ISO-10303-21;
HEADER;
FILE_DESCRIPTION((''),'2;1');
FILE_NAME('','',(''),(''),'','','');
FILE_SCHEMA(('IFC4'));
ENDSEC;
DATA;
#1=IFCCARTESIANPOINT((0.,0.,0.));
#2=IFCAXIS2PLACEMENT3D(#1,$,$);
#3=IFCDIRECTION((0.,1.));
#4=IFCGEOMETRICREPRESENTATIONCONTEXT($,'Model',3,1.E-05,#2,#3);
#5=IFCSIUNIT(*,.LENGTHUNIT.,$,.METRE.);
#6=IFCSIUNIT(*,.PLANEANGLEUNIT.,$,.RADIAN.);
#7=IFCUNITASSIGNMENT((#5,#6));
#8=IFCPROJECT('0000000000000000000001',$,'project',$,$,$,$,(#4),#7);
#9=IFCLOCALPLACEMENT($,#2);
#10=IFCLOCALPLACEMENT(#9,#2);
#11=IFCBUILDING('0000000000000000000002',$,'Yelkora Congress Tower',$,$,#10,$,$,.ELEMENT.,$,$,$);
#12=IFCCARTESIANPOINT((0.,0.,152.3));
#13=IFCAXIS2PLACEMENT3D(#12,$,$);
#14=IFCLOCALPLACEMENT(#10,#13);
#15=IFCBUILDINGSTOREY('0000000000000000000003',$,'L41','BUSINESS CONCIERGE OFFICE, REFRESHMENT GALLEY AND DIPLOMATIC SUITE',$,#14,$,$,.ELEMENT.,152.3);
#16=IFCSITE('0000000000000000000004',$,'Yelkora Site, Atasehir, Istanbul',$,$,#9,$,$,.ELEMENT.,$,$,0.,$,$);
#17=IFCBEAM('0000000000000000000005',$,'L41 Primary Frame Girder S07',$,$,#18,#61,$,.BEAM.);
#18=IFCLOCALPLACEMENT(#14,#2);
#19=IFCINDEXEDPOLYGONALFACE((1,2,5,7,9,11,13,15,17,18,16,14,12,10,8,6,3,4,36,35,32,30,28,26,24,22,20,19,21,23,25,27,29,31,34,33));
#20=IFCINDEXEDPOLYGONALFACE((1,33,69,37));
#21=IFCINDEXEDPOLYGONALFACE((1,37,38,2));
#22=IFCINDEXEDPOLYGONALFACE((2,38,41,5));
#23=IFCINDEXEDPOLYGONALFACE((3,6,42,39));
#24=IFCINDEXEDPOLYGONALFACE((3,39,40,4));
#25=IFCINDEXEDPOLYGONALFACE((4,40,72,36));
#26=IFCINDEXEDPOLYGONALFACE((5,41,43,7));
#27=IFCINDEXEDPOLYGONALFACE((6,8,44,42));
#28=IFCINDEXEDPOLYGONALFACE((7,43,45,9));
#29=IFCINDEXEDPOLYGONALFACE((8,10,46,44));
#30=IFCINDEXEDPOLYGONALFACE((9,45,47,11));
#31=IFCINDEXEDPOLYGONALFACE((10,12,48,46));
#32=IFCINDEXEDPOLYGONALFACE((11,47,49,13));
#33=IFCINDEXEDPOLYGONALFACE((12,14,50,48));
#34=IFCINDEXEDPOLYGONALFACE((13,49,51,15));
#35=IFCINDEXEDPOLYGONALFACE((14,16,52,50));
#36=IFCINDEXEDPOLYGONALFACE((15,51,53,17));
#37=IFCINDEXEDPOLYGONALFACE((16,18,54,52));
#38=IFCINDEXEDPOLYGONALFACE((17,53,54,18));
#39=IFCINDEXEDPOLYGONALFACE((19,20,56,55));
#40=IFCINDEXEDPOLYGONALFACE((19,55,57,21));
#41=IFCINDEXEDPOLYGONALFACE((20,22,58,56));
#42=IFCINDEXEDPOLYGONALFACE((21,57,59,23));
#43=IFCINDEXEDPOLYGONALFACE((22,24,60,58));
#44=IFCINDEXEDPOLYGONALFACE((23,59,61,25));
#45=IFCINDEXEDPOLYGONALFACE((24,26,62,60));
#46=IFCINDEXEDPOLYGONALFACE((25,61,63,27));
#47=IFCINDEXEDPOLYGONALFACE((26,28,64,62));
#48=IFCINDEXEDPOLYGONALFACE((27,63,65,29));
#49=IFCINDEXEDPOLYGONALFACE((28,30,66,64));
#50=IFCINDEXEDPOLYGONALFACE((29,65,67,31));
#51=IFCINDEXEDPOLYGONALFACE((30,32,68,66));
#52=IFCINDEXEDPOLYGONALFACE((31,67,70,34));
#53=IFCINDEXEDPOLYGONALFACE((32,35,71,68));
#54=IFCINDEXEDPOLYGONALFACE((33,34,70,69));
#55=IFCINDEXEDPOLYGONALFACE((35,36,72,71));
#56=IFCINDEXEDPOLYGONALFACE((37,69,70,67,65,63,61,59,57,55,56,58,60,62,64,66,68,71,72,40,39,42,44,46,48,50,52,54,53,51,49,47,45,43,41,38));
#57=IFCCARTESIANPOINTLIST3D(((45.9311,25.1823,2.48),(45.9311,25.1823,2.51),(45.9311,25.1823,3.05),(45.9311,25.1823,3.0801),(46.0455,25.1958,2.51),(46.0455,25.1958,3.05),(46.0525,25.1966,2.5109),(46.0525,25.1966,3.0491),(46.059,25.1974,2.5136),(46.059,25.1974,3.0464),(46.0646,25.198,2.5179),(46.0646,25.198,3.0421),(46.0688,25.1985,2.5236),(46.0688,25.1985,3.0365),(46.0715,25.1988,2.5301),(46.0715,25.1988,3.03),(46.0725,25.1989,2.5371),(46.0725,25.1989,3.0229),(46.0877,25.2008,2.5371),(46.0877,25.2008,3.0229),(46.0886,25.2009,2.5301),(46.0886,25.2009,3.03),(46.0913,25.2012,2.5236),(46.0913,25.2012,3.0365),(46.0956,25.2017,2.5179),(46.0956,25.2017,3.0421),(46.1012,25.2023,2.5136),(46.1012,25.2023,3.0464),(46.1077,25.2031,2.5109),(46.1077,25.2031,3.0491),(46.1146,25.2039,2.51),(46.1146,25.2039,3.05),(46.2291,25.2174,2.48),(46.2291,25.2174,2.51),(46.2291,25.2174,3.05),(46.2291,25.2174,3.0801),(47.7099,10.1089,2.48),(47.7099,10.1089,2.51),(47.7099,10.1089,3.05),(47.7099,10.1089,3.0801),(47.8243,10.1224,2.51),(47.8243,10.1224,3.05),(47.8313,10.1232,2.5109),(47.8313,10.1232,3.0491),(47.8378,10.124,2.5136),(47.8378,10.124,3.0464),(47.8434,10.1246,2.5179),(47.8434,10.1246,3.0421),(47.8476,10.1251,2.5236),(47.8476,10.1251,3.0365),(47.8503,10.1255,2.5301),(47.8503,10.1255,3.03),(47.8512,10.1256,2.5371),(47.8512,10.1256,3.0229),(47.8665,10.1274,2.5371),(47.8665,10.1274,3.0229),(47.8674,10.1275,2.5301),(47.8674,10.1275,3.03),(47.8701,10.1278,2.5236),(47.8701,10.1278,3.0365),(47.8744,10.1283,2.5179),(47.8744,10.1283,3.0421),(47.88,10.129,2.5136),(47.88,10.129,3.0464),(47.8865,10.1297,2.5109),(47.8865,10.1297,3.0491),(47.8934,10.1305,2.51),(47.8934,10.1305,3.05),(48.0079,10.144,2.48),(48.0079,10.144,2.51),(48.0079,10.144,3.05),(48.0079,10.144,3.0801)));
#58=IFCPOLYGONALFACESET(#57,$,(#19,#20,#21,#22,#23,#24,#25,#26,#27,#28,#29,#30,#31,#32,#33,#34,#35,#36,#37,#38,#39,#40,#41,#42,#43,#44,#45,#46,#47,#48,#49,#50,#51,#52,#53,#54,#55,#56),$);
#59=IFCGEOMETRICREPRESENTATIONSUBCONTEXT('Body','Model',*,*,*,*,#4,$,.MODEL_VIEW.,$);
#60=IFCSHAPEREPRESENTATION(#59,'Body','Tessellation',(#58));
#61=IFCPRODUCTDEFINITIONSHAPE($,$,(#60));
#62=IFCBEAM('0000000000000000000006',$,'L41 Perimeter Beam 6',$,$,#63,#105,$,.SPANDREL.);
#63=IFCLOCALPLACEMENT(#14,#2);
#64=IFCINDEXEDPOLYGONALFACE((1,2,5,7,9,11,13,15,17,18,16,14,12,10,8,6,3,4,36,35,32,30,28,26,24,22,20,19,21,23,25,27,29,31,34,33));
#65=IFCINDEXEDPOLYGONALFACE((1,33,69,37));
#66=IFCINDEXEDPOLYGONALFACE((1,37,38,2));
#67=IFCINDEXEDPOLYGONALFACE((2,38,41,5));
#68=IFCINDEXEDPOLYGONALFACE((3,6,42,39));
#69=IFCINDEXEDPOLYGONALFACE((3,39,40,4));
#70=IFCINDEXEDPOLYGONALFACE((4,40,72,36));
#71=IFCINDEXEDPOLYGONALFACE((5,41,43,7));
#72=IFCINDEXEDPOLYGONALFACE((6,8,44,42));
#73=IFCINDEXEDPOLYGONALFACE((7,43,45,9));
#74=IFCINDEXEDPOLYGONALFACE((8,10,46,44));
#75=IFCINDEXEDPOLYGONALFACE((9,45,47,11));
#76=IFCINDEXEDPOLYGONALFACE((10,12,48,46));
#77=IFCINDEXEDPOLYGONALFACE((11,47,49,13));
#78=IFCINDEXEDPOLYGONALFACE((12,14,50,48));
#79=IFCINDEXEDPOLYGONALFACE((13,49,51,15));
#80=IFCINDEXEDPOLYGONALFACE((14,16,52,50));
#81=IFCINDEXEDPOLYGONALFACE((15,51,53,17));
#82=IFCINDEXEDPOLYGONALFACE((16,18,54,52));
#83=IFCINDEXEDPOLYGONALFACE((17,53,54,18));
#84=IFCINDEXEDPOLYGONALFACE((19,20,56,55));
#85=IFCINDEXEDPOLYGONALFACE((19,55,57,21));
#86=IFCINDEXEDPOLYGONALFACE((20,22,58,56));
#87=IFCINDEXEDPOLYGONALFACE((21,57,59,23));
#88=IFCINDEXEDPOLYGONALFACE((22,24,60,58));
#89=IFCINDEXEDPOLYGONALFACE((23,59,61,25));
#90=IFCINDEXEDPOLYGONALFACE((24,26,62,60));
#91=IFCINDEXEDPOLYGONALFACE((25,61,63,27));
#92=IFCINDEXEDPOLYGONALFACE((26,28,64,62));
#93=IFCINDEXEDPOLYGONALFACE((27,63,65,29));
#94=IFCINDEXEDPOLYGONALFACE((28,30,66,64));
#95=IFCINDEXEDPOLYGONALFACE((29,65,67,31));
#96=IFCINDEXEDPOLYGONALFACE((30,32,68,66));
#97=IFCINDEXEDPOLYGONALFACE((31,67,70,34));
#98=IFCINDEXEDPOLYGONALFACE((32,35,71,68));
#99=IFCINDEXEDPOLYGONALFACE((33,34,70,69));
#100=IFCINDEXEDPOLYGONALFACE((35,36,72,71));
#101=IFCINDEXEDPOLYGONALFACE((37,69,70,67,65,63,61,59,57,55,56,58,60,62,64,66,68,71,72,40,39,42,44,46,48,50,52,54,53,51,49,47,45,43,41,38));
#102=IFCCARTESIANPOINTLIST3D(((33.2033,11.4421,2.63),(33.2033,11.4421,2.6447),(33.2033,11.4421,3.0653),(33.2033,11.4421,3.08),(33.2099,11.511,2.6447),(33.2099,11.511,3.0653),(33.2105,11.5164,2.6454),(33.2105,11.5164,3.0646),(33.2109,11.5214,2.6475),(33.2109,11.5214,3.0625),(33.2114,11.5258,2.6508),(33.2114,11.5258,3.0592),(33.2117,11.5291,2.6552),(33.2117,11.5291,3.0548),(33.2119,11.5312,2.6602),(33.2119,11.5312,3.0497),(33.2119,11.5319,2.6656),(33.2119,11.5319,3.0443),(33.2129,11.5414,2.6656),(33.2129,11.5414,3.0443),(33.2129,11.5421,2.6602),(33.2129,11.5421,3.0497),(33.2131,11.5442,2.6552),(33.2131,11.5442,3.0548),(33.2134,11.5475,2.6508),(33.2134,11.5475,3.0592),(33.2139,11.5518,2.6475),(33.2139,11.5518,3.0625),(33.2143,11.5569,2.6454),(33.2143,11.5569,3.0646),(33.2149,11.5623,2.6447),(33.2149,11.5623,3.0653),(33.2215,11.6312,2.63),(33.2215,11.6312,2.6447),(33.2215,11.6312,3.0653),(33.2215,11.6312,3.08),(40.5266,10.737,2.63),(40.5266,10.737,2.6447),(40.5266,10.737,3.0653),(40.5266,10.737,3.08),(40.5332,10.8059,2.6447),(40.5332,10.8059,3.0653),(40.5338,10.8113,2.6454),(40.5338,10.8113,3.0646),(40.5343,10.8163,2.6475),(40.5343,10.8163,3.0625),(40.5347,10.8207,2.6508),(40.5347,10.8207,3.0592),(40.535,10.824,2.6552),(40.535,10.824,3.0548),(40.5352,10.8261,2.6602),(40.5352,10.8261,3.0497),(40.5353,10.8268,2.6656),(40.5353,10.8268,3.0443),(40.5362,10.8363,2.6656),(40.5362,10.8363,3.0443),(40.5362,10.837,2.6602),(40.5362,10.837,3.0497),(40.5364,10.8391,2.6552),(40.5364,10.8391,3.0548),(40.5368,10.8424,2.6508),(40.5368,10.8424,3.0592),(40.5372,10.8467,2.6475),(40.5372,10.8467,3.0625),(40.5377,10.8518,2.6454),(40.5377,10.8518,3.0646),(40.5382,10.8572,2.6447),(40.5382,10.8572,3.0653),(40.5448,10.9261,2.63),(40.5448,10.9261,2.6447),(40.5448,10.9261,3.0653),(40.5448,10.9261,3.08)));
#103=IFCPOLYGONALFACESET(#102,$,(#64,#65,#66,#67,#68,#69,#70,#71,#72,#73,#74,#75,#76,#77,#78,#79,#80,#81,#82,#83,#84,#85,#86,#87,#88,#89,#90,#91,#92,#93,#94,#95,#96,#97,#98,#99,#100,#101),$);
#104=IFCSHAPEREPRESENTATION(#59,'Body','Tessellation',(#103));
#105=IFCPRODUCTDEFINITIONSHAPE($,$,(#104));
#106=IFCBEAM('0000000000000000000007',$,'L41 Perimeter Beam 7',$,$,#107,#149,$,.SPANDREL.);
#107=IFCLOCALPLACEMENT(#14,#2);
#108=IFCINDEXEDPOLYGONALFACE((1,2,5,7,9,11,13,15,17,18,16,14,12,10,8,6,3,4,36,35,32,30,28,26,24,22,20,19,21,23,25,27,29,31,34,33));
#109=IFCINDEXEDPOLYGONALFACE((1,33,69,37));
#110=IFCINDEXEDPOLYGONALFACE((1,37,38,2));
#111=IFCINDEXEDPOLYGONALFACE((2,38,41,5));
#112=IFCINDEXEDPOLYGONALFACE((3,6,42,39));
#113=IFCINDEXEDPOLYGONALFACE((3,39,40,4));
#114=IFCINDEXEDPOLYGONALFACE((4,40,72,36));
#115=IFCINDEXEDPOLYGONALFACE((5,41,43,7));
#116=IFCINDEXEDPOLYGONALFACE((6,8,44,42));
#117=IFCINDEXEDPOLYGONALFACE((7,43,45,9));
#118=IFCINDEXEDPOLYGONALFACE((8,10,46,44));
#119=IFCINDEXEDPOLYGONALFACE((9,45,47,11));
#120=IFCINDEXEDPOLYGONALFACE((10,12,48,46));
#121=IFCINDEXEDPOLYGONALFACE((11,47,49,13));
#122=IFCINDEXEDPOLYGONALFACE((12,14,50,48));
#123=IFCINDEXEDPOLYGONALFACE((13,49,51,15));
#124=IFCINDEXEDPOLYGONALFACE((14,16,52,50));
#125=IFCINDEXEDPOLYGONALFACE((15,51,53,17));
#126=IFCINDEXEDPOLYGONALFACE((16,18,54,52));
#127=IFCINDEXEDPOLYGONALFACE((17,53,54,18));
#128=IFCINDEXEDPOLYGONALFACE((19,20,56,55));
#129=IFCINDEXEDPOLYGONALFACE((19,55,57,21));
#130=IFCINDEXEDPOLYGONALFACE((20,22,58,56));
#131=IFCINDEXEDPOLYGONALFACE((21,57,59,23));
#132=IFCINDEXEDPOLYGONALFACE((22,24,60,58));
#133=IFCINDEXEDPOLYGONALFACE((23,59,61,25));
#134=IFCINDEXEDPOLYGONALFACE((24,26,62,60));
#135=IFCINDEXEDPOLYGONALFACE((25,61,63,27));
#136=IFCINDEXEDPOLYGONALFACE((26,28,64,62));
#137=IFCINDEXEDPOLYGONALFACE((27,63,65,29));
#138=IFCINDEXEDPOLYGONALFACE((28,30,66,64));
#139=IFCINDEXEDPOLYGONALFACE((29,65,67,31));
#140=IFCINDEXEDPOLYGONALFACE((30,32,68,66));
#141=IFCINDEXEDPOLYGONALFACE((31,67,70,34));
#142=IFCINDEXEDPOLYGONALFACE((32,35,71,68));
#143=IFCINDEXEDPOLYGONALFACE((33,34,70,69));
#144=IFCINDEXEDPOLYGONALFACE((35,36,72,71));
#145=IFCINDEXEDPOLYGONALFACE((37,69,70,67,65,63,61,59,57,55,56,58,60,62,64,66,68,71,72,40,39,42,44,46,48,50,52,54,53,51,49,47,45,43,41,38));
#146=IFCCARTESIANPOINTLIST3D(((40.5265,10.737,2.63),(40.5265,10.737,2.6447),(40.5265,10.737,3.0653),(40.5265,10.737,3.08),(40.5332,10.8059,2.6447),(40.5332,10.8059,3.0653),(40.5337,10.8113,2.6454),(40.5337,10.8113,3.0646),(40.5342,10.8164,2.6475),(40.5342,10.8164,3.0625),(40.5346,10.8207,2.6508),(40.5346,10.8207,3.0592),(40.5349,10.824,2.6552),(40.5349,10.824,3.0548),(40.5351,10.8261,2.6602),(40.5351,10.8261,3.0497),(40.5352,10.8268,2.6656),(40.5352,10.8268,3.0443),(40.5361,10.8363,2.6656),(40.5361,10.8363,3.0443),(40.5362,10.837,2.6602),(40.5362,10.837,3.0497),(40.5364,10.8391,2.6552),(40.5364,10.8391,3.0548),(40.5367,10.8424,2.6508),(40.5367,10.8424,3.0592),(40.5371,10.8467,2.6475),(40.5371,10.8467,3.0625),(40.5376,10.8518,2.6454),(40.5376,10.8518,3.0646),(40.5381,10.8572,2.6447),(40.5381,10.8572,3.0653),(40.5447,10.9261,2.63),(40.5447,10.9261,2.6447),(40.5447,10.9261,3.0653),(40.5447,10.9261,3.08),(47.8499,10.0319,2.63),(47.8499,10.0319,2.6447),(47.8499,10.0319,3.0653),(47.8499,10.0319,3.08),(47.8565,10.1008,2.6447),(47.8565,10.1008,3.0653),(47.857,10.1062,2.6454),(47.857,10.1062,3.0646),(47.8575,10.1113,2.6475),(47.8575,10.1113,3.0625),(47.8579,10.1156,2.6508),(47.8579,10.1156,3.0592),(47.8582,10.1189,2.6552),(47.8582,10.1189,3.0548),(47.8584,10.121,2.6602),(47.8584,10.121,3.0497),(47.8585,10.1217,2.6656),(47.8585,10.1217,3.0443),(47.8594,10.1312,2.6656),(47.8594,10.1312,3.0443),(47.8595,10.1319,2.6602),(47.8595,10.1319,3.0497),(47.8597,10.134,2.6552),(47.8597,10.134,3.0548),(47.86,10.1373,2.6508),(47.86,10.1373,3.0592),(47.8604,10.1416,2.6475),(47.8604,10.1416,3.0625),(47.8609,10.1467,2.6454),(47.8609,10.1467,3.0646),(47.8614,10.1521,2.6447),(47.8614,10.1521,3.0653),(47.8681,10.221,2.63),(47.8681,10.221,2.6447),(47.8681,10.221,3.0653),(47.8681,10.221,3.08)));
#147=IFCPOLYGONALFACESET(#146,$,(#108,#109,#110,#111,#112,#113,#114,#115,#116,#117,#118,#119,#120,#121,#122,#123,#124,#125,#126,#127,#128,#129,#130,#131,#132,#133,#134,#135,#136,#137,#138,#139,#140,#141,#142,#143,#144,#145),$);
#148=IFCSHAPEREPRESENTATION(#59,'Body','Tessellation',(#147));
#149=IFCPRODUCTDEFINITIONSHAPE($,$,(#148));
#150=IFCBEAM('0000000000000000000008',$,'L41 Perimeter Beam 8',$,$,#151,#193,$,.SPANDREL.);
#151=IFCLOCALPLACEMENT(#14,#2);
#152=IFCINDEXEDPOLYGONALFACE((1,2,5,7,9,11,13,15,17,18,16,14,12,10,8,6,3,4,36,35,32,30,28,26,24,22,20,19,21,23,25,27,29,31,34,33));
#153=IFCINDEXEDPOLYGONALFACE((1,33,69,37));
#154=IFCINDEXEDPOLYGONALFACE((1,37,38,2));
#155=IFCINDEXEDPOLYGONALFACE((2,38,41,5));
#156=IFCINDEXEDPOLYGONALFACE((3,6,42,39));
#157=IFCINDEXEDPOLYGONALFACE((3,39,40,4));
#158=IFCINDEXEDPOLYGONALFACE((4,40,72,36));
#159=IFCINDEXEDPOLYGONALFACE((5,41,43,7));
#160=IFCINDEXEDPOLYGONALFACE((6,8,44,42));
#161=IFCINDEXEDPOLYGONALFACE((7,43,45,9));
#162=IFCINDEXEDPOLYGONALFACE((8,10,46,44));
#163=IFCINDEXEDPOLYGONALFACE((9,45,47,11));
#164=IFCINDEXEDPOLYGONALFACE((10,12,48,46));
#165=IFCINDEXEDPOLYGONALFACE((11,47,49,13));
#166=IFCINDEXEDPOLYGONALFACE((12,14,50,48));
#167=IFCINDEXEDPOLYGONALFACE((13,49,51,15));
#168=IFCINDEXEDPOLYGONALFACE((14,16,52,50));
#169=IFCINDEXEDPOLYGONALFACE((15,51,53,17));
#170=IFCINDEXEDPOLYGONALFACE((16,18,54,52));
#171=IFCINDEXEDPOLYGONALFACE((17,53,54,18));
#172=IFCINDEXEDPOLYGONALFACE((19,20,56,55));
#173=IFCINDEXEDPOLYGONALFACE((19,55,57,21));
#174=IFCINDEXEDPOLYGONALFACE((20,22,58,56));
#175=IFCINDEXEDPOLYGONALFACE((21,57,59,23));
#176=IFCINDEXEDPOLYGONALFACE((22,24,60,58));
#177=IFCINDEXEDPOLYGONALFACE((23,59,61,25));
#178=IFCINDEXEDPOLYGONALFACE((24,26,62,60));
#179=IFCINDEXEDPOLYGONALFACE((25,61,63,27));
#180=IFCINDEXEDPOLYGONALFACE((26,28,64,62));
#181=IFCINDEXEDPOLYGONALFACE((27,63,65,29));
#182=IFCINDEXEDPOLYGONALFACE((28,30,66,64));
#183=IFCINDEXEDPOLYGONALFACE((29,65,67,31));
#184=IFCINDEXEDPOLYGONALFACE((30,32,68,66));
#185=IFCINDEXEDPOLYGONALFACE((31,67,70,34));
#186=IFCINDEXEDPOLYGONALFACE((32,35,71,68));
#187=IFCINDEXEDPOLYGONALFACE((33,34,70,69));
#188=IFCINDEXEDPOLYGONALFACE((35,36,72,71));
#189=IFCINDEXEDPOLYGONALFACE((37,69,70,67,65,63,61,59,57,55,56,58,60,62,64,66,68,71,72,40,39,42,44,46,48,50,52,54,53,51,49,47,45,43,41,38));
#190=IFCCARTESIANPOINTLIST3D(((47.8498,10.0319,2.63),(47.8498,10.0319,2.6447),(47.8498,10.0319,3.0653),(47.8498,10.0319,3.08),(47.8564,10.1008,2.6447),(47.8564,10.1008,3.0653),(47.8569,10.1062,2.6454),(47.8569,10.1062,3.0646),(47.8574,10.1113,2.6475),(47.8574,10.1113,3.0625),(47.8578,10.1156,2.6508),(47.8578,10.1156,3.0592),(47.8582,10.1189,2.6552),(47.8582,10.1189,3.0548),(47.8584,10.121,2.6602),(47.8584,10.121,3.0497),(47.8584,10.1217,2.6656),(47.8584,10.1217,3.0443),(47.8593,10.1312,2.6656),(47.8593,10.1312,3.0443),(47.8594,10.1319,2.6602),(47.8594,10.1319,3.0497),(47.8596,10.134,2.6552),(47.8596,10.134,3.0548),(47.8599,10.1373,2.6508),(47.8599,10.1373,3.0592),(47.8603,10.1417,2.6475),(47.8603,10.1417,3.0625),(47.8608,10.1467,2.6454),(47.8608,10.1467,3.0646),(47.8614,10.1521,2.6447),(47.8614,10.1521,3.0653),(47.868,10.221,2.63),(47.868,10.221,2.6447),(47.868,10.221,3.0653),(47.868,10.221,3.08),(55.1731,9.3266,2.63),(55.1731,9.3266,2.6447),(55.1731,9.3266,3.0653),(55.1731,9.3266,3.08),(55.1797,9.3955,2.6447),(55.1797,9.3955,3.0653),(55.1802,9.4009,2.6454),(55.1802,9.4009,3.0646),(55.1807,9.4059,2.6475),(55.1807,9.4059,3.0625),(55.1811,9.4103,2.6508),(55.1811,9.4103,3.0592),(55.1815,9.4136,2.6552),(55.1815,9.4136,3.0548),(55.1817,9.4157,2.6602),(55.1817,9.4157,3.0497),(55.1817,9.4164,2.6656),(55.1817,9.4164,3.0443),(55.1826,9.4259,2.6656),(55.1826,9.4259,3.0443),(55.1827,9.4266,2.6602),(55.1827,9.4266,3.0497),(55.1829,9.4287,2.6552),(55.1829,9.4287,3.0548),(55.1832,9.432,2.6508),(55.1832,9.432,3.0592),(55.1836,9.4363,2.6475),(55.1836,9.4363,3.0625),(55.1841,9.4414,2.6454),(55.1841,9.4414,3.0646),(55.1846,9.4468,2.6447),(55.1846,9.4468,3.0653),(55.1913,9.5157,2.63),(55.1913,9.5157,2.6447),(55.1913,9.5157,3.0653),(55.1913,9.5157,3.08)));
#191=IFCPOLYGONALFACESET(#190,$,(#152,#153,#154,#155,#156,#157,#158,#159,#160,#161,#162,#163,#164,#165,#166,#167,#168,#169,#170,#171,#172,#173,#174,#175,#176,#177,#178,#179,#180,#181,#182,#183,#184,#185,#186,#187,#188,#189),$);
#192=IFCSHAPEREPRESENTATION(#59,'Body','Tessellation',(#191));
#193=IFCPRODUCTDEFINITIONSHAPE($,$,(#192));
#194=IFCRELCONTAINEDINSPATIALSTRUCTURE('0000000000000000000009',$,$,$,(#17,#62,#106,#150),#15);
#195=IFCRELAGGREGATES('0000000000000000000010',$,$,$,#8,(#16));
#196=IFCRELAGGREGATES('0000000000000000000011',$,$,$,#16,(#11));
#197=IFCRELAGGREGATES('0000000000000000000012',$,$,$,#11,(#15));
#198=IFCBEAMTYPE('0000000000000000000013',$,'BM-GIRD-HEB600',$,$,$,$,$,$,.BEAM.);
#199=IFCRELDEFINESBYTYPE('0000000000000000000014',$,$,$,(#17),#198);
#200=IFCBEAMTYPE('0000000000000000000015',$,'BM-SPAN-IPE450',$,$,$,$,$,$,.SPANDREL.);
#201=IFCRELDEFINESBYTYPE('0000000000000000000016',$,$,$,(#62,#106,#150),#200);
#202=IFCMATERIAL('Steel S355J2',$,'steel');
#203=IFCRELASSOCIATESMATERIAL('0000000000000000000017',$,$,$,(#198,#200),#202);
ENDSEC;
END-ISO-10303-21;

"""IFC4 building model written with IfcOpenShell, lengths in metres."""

from ifc_helpers import new_model, si_unit, direction, frame, origin, origin_2d, place, context, subcontext, project, spatial, i_section, extrude, material, material_profile, profile_set, type_object, element, save


model = new_model("IFC4")

# Units and contexts
model_context = context("Model", 3, precision=1e-05, world=origin(), true_north=direction((0.0, 1.0)))
body_context = subcontext(model_context, "Body", "Model", "MODEL_VIEW")
ifc_project = project(units=[si_unit("LENGTHUNIT", "METRE"), si_unit("PLANEANGLEUNIT", "RADIAN")], contexts=[model_context])

# Site, building, storey
site_placement = place(None, origin())
site = spatial("IfcSite", under=ifc_project, at=site_placement, Name="Yelkora Site, Atasehir, Istanbul", CompositionType="ELEMENT", RefElevation=0.0)
building_placement = place(site_placement, origin())
building = spatial("IfcBuilding", under=site, at=building_placement, Name="Yelkora Congress Tower", CompositionType="ELEMENT")
storey_placement = place(building_placement, frame((0.0, 0.0, 152.3)))
storey = spatial("IfcBuildingStorey", under=building, at=storey_placement, Name="L41", Description="BUSINESS CONCIERGE OFFICE, REFRESHMENT GALLEY AND DIPLOMATIC SUITE", CompositionType="ELEMENT", Elevation=152.3)

# Beams
ifc_material_1 = material(Name="Steel S355J2", Category="steel")
ifc_material_profile_1 = material_profile(ifc_material_1, i_section(OverallWidth=0.3, OverallDepth=0.6001, WebThickness=0.0154, FlangeThickness=0.03, FilletRadius=0.0271, at=origin_2d()), Name="HEB 600")
ifc_profile_set_1 = profile_set([ifc_material_profile_1], Name="Steel S355J2")
beam_type_1 = type_object("IfcBeamType", Name="BM-GIRD-HEB600", PredefinedType="BEAM", material=ifc_profile_set_1)
beam_1_placement = place(storey_placement, frame((47.8589, 10.1265, 2.78), z_axis=(-0.117196, 0.993109, 0.0), x_axis=(-0.993109, -0.117196, 0.0)))
element("IfcBeam", 1, at=beam_1_placement, inside=storey, type_object=beam_type_1, Name="L41 Primary Frame Girder S07", PredefinedType="BEAM", context=body_context, shape_type="SweptSolid", body=[
    extrude(i_section(OverallWidth=0.3, OverallDepth=0.6001, WebThickness=0.0154, FlangeThickness=0.03, FilletRadius=0.0271, at=origin_2d()), origin(), (0.0, 0.0, 1.0), 15.178),
])
ifc_material_profile_2 = material_profile(ifc_material_1, i_section(OverallWidth=0.1899, OverallDepth=0.45, WebThickness=0.0095, FlangeThickness=0.0146, FilletRadius=0.021, at=origin_2d()), Name="IPE 450")
ifc_profile_set_2 = profile_set([ifc_material_profile_2], Name="Steel S355J2")
beam_type_2 = type_object("IfcBeamType", Name="BM-SPAN-IPE450", PredefinedType="SPANDREL", material=ifc_profile_set_2)
for number, where, z_axis, x_axis, name in (
    (2, (33.2124, 11.5366, 2.855), (0.995397, -0.095836, 0.0), (0.095836, 0.995397, 0.0), "L41 Perimeter Beam 6"),
    (3, (40.5356, 10.8315, 2.855), (0.995397, -0.095836, 0.0), (0.095836, 0.995397, 0.0), "L41 Perimeter Beam 7"),
    (4, (47.8589, 10.1265, 2.855), (0.995394, -0.095869, 0.0), (0.095869, 0.995394, 0.0), "L41 Perimeter Beam 8"),
):
    element("IfcBeam", number, at=place(storey_placement, frame(where, z_axis=z_axis, x_axis=x_axis)), inside=storey, type_object=beam_type_2, Name=name, PredefinedType="SPANDREL", context=body_context, shape_type="SweptSolid", body=[
        extrude(i_section(OverallWidth=0.1899, OverallDepth=0.45, WebThickness=0.0095, FlangeThickness=0.0146, FilletRadius=0.021, at=origin_2d()), origin(), (0.0, 0.0, 1.0), 7.3572),
    ])

save(model, "model.ifc")
